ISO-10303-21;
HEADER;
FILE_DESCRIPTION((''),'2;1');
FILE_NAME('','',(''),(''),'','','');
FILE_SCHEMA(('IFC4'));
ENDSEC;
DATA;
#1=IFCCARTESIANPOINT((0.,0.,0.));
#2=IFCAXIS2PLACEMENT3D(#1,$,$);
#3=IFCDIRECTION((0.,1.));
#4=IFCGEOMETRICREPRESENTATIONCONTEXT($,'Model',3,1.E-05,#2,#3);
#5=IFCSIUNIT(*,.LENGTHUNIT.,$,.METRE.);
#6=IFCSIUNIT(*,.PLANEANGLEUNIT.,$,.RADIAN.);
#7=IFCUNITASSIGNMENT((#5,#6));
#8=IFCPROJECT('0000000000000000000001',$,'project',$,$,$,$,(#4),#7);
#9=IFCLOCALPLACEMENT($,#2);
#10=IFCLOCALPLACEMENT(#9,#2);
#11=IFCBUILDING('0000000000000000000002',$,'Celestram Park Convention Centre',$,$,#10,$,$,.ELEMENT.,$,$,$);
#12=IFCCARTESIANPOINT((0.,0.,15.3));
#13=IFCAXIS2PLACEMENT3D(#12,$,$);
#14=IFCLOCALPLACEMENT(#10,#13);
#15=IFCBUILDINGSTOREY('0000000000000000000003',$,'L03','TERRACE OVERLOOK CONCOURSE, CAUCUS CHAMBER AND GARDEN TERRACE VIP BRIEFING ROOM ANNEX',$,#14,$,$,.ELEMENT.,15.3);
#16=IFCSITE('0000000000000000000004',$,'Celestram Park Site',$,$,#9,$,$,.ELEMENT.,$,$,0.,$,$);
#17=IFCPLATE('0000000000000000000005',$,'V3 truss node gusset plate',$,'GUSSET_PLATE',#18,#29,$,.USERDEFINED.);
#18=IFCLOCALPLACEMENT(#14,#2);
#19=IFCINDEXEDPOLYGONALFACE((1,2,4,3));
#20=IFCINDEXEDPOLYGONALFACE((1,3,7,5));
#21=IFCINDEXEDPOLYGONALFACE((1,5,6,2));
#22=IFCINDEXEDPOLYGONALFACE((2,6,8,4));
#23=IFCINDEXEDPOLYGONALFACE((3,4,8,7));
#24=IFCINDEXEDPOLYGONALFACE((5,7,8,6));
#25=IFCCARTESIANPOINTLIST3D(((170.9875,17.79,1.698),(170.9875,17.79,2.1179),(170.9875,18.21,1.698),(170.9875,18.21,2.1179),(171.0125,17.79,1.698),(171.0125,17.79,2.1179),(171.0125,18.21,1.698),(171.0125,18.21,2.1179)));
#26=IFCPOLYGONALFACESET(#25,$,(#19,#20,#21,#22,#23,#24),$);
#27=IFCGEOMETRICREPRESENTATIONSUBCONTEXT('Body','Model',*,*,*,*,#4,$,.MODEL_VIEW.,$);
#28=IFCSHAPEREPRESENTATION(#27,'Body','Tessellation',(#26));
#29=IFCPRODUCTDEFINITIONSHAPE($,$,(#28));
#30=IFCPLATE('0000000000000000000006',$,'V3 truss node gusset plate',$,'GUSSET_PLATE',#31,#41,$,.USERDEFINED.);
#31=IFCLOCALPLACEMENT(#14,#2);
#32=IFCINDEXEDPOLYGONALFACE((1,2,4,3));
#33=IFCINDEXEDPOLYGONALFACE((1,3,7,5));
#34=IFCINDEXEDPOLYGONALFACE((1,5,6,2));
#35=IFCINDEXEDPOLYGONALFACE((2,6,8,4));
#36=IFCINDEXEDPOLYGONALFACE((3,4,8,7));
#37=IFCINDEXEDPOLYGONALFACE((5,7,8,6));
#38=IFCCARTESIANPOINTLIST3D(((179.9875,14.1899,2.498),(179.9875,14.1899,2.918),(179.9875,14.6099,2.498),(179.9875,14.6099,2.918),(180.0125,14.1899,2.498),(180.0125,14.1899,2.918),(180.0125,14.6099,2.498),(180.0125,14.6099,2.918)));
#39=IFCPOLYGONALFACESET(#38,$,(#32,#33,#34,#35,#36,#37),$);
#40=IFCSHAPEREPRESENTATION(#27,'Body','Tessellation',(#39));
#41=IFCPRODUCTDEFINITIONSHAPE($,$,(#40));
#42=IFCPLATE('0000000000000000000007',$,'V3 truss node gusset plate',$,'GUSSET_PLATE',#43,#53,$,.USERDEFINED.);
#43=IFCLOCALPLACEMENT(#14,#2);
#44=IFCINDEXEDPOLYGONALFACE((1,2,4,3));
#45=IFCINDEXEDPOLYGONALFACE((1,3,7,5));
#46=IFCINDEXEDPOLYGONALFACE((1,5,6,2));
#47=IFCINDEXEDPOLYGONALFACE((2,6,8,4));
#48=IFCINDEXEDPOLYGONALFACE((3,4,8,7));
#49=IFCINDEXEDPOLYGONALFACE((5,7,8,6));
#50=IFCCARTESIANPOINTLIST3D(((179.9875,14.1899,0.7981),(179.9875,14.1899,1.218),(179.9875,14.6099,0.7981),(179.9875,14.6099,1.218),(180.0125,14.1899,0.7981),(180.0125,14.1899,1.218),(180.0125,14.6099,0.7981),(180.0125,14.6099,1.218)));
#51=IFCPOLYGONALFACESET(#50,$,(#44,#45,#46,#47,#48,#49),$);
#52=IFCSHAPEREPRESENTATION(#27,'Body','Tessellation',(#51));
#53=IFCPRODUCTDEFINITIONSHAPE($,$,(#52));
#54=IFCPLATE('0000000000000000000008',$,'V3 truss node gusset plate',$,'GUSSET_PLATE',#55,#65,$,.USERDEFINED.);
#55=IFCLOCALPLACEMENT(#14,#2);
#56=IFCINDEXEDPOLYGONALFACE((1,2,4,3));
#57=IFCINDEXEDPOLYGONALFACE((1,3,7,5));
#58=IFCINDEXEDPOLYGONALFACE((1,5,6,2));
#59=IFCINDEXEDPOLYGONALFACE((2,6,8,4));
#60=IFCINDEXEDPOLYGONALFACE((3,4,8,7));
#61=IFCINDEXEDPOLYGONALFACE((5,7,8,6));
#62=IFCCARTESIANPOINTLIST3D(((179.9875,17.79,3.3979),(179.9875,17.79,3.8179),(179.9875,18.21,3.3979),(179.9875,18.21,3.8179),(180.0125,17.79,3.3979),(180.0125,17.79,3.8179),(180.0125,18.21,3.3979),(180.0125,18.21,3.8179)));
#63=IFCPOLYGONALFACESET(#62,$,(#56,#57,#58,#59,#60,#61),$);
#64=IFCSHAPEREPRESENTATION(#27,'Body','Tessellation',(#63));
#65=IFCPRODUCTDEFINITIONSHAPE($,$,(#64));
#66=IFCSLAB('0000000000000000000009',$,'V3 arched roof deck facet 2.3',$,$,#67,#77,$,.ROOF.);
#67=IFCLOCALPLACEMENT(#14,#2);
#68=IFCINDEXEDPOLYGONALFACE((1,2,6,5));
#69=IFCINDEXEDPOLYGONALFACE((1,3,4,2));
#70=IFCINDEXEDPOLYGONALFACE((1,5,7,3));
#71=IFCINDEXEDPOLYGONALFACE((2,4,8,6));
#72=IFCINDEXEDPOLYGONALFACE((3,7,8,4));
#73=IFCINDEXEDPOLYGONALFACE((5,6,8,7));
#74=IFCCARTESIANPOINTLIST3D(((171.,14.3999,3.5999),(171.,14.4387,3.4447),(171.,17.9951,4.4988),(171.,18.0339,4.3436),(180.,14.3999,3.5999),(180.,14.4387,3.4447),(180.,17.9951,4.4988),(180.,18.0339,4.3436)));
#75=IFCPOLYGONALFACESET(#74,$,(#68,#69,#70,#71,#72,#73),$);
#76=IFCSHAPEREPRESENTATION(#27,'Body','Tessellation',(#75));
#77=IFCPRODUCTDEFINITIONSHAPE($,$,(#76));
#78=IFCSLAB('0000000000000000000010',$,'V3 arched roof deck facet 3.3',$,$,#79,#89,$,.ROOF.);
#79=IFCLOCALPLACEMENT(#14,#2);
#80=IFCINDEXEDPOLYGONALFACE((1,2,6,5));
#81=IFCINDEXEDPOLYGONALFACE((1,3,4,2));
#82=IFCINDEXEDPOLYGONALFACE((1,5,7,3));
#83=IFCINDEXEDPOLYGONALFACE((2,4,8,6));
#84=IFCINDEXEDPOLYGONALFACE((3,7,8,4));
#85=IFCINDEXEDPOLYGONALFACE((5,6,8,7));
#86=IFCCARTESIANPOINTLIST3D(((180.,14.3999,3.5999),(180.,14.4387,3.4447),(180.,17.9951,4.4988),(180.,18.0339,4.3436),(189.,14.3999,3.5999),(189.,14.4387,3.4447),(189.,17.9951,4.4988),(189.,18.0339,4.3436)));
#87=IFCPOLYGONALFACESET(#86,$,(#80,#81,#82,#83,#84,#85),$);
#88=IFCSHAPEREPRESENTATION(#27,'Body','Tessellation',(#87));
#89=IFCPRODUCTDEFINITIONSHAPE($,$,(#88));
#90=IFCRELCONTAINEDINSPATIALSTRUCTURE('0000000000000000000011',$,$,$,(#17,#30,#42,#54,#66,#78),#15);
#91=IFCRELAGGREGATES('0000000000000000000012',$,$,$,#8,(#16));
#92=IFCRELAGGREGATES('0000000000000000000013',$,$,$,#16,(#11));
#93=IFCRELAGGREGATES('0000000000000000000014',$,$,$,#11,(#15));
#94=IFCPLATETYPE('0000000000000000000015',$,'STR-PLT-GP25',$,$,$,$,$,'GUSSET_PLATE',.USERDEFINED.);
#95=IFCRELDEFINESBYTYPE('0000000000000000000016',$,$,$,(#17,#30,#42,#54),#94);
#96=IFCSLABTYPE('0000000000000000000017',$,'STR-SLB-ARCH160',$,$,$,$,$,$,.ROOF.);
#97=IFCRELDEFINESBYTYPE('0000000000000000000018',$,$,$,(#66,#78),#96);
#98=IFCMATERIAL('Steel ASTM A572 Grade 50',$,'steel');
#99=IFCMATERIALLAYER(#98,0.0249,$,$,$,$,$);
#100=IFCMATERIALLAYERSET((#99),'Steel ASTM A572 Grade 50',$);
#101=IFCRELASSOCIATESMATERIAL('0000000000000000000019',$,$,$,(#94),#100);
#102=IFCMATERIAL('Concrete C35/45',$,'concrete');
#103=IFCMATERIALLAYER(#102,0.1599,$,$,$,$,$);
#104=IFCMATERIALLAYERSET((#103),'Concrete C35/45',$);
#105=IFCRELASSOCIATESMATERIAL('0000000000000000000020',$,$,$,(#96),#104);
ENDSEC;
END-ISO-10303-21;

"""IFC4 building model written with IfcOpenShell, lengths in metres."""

from ifc_helpers import new_model, si_unit, direction, frame, origin, origin_2d, place, context, subcontext, project, spatial, polyline, rectangle, outline, extrude, material, layer, layer_set, type_object, element, save


model = new_model("IFC4")

# Units and contexts
model_context = context("Model", 3, precision=1e-05, world=origin(), true_north=direction((0.0, 1.0)))
body_context = subcontext(model_context, "Body", "Model", "MODEL_VIEW")
ifc_project = project(units=[si_unit("LENGTHUNIT", "METRE"), si_unit("PLANEANGLEUNIT", "RADIAN")], contexts=[model_context])

# Site, building, storey
site_placement = place(None, origin())
site = spatial("IfcSite", under=ifc_project, at=site_placement, Name="Celestram Park Site", CompositionType="ELEMENT", RefElevation=0.0)
building_placement = place(site_placement, origin())
building = spatial("IfcBuilding", under=site, at=building_placement, Name="Celestram Park Convention Centre", CompositionType="ELEMENT")
storey_placement = place(building_placement, frame((0.0, 0.0, 15.3)))
storey = spatial("IfcBuildingStorey", under=building, at=storey_placement, Name="L03", Description="TERRACE OVERLOOK CONCOURSE, CAUCUS CHAMBER AND GARDEN TERRACE VIP BRIEFING ROOM ANNEX", CompositionType="ELEMENT", Elevation=15.3)

# Plates
ifc_material_1 = material(Name="Steel ASTM A572 Grade 50", Category="steel")
ifc_layer_1 = layer(ifc_material_1, 0.0249)
ifc_layer_set_1 = layer_set([ifc_layer_1], Name="Steel ASTM A572 Grade 50")
plate_type = type_object("IfcPlateType", Name="STR-PLT-GP25", ElementType="GUSSET_PLATE", PredefinedType="USERDEFINED", material=ifc_layer_set_1)
for number, where, z_axis, x_axis, name in (
    (1, (171.0, 18.0, 1.698), (0.0, 0.0, 1.0), (0.0, 1.0, 0.0), "V3 truss node gusset plate"),
    (2, (180.0, 14.3999, 2.498), (0.0, 0.0, 1.0), (0.0, 1.0, 0.0), "V3 truss node gusset plate"),
    (3, (180.0, 14.3999, 0.7981), (0.0, 0.0, 1.0), (0.0, 1.0, 0.0), "V3 truss node gusset plate"),
    (4, (180.0, 18.0, 3.3979), (0.0, 0.0, 1.0), (0.0, 1.0, 0.0), "V3 truss node gusset plate"),
):
    element("IfcPlate", number, at=place(storey_placement, frame(where, z_axis=z_axis, x_axis=x_axis)), inside=storey, type_object=plate_type, Name=name, ObjectType="GUSSET_PLATE", PredefinedType="USERDEFINED", context=body_context, shape_type="SweptSolid", body=[
        extrude(rectangle(XDim=0.4199, YDim=0.0249, at=origin_2d()), origin(), (0.0, 0.0, 1.0), 0.4199),
    ])

# Slabs
ifc_material_2 = material(Name="Concrete C35/45", Category="concrete")
ifc_layer_2 = layer(ifc_material_2, 0.1599)
ifc_layer_set_2 = layer_set([ifc_layer_2], Name="Concrete C35/45")
slab_type = type_object("IfcSlabType", Name="STR-SLB-ARCH160", PredefinedType="ROOF", material=ifc_layer_set_2)
for number, where, z_axis, x_axis, name in (
    (5, (171.0, 14.3999, 3.5999), (0.0, -0.242567, 0.970135), (1.0, 0.0, 0.0), "V3 arched roof deck facet 2.3"),
    (6, (180.0, 14.3999, 3.5999), (0.0, -0.242567, 0.970135), (1.0, 0.0, 0.0), "V3 arched roof deck facet 3.3"),
):
    element("IfcSlab", number, at=place(storey_placement, frame(where, z_axis=z_axis, x_axis=x_axis)), inside=storey, type_object=slab_type, Name=name, PredefinedType="ROOF", context=body_context, shape_type="SweptSolid", body=[
        extrude(outline(polyline([(0.0, 0.0), (9.0, 0.0), (9.0, 3.7059), (0.0, 3.7059), (0.0, 0.0)])), origin(), (0.0, 0.0, -1.0), 0.1599),
    ])

save(model, "model.ifc")
